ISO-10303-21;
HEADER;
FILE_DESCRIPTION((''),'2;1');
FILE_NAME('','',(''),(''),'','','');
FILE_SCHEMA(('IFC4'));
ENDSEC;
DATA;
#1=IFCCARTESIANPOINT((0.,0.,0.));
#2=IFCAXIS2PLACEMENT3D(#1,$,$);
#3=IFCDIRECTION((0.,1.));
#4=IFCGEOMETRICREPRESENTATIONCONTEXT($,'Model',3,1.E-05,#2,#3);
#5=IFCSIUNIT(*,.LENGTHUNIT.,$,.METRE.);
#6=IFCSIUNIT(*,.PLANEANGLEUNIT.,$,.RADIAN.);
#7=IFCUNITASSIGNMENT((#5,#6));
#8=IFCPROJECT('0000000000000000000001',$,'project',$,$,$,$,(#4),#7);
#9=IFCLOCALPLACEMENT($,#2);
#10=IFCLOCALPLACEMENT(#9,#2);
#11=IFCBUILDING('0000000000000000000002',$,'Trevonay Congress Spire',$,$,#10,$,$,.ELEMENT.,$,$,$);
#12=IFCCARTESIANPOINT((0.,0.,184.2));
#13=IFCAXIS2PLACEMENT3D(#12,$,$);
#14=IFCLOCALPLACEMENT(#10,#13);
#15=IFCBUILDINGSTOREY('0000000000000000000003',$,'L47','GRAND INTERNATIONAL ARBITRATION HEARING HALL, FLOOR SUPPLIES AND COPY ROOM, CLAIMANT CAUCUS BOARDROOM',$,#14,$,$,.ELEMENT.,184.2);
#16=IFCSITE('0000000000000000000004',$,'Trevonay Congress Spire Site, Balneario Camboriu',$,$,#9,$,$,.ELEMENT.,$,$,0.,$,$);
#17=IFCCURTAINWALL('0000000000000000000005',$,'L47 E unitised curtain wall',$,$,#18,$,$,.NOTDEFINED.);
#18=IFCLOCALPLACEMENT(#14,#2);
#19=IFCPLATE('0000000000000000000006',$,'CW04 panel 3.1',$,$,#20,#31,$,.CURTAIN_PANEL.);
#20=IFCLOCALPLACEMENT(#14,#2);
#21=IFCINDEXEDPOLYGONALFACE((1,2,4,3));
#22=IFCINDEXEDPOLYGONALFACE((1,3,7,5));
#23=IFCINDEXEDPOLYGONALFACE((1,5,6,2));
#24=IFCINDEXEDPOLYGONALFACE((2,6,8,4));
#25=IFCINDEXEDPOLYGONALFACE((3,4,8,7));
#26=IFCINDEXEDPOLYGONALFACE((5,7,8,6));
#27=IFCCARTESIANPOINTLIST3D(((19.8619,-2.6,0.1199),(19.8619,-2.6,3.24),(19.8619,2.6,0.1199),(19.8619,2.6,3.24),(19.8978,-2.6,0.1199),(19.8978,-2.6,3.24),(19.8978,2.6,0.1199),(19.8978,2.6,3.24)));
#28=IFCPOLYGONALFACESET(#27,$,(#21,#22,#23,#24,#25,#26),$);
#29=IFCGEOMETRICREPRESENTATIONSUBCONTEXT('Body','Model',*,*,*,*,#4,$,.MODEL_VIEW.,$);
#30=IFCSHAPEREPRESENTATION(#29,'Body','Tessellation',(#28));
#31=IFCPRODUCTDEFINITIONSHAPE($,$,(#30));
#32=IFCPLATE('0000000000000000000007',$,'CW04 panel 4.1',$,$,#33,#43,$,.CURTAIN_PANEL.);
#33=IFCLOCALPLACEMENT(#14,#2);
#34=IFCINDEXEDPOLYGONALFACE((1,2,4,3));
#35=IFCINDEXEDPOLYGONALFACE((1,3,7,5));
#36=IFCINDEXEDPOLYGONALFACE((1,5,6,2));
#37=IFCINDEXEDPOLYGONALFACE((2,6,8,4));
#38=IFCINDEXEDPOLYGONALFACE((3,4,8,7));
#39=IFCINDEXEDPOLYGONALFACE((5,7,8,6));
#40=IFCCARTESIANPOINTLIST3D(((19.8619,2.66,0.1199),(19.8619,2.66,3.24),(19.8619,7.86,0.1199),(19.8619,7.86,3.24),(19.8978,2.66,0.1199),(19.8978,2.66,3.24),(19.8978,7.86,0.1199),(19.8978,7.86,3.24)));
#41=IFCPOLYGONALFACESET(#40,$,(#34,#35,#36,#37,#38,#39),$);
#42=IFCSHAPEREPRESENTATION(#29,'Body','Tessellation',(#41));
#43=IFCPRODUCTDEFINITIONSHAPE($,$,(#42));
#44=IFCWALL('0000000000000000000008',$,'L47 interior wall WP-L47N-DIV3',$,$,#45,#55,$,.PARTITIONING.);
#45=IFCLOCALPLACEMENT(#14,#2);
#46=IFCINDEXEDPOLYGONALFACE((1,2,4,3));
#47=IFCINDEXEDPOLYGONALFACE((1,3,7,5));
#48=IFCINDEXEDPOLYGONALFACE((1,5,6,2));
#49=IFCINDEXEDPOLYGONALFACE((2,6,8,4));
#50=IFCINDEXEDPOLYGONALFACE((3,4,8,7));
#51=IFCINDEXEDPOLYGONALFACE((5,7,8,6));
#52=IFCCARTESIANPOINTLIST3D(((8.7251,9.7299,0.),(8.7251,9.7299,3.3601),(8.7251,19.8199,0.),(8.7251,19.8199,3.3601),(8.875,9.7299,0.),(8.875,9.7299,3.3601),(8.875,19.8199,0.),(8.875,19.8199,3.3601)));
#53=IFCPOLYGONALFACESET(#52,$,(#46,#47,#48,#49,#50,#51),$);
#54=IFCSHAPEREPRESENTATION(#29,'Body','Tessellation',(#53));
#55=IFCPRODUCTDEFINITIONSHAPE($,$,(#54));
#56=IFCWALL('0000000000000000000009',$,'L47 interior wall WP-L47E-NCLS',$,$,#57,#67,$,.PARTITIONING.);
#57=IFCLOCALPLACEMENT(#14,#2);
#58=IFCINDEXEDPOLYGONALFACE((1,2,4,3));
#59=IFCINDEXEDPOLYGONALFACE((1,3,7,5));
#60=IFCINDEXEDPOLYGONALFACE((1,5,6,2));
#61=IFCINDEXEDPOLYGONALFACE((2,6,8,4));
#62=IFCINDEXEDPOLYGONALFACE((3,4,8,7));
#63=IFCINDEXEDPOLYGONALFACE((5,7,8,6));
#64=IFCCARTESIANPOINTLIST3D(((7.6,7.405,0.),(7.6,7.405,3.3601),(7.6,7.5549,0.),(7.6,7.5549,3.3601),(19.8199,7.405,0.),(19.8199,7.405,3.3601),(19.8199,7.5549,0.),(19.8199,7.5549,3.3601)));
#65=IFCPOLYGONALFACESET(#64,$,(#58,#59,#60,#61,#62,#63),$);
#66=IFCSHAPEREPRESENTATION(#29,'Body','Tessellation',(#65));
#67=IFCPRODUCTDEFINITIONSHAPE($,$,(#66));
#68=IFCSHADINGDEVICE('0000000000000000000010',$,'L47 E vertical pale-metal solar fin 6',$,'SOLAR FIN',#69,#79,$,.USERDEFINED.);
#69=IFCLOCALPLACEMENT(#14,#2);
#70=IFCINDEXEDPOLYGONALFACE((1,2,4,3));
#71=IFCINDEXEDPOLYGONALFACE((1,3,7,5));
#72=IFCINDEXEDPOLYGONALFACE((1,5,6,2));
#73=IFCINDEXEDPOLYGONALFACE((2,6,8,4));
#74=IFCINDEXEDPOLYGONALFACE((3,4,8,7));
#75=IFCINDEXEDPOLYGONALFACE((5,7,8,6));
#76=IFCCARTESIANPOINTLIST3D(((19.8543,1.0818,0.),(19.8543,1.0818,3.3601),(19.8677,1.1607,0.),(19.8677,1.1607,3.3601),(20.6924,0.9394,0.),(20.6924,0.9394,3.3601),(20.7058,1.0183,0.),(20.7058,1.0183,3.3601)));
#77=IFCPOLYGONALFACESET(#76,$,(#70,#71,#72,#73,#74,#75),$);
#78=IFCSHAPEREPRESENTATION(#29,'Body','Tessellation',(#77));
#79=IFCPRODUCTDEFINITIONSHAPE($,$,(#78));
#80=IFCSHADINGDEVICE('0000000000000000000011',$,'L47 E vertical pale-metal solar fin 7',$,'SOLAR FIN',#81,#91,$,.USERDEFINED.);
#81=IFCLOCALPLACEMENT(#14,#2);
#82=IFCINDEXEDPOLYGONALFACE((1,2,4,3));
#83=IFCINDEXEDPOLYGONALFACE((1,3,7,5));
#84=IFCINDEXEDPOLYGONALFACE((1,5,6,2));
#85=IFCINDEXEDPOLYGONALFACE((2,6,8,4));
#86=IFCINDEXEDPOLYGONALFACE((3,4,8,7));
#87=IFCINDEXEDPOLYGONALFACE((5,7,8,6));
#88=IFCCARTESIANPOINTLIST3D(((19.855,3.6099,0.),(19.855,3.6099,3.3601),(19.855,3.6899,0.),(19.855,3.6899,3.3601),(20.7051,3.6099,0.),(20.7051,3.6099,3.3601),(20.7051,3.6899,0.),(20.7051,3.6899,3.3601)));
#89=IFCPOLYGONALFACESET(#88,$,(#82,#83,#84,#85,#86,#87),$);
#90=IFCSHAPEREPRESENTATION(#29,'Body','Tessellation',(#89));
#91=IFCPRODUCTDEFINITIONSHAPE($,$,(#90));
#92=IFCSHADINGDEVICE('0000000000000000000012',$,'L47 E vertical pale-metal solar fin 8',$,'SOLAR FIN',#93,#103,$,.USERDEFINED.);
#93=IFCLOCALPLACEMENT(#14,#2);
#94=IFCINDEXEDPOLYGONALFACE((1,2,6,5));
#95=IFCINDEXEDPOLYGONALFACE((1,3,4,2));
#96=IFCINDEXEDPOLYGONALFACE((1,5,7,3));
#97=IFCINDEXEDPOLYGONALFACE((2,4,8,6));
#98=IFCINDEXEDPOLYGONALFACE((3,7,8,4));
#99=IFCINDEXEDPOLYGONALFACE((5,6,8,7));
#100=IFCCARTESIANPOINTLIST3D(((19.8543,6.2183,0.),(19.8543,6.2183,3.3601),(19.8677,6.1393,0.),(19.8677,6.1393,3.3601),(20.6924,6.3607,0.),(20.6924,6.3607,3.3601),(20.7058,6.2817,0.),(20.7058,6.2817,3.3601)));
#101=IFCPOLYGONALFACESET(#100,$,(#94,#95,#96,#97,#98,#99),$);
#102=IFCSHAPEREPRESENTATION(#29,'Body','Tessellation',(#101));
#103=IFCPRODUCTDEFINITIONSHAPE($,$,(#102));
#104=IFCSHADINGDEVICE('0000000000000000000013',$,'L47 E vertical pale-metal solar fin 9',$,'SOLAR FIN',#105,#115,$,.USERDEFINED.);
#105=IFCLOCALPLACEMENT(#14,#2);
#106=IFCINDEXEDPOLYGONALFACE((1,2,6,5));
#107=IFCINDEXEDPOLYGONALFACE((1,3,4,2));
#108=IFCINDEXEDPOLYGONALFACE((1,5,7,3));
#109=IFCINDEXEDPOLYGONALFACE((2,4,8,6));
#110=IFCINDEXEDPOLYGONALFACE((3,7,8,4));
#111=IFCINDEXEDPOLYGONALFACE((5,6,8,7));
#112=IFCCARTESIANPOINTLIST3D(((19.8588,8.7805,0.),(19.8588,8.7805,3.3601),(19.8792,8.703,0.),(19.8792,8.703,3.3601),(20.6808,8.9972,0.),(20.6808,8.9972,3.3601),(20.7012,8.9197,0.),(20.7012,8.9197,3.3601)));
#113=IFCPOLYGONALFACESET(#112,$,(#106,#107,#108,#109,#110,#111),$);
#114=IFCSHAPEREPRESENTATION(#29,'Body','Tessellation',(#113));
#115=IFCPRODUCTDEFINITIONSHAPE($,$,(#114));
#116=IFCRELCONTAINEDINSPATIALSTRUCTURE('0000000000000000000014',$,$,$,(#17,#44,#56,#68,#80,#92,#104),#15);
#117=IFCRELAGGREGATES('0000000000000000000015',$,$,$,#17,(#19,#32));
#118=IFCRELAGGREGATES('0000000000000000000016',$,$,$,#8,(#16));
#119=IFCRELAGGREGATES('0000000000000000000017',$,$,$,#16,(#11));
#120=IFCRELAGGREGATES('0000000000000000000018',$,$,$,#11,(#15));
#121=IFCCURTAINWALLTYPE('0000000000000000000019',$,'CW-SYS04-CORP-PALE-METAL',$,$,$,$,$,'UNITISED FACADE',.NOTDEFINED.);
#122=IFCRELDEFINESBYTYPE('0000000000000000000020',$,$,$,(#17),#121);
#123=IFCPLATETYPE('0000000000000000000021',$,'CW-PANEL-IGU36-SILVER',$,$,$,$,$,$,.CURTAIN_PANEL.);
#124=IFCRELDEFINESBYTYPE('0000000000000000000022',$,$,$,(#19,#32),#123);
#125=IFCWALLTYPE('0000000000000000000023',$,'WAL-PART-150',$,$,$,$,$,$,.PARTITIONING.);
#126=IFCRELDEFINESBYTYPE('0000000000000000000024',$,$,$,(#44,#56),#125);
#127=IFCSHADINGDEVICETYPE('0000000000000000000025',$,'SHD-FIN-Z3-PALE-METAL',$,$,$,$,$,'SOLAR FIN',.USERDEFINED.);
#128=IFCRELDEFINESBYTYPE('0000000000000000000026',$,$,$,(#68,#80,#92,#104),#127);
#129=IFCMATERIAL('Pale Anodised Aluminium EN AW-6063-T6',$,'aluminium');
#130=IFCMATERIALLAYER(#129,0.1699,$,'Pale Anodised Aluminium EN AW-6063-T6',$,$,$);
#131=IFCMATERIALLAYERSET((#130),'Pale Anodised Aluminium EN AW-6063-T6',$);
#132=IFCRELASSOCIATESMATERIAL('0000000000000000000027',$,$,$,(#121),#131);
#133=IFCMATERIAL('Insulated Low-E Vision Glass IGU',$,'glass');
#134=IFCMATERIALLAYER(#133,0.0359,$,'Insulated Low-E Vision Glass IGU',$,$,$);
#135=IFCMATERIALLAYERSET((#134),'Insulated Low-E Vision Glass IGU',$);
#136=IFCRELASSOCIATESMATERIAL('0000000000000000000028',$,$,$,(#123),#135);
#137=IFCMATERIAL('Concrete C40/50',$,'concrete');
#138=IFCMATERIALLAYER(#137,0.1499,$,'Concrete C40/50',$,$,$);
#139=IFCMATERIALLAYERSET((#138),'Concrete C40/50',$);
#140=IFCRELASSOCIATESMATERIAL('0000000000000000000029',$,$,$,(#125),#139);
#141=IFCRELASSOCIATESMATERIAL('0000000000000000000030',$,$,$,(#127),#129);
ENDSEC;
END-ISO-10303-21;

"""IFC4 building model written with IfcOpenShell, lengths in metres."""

from ifc_helpers import new_model, si_unit, direction, frame, frame_2d, origin, origin_2d, place, context, subcontext, project, spatial, rectangle, extrude, material, layer, layer_set, type_object, element, aggregate, save


model = new_model("IFC4")

# Units and contexts
model_context = context("Model", 3, precision=1e-05, world=origin(), true_north=direction((0.0, 1.0)))
body_context = subcontext(model_context, "Body", "Model", "MODEL_VIEW")
ifc_project = project(units=[si_unit("LENGTHUNIT", "METRE"), si_unit("PLANEANGLEUNIT", "RADIAN")], contexts=[model_context])

# Site, building, storey
site_placement = place(None, origin())
site = spatial("IfcSite", under=ifc_project, at=site_placement, Name="Trevonay Congress Spire Site, Balneario Camboriu", CompositionType="ELEMENT", RefElevation=0.0)
building_placement = place(site_placement, origin())
building = spatial("IfcBuilding", under=site, at=building_placement, Name="Trevonay Congress Spire", CompositionType="ELEMENT")
storey_placement = place(building_placement, frame((0.0, 0.0, 184.2)))
storey = spatial("IfcBuildingStorey", under=building, at=storey_placement, Name="L47", Description="GRAND INTERNATIONAL ARBITRATION HEARING HALL, FLOOR SUPPLIES AND COPY ROOM, CLAIMANT CAUCUS BOARDROOM", CompositionType="ELEMENT", Elevation=184.2)

# Curtain wall
ifc_material_1 = material(Name="Pale Anodised Aluminium EN AW-6063-T6", Category="aluminium")
ifc_layer_1 = layer(ifc_material_1, 0.1699, Name="Pale Anodised Aluminium EN AW-6063-T6")
ifc_layer_set_1 = layer_set([ifc_layer_1], Name="Pale Anodised Aluminium EN AW-6063-T6")
curtain_wall_type = type_object("IfcCurtainWallType", Name="CW-SYS04-CORP-PALE-METAL", ElementType="UNITISED FACADE", PredefinedType="NOTDEFINED", material=ifc_layer_set_1)
curtain_wall_placement = place(storey_placement, origin())
curtain_wall = element("IfcCurtainWall", 1, at=curtain_wall_placement, inside=storey, type_object=curtain_wall_type, Name="L47 E unitised curtain wall", PredefinedType="NOTDEFINED")

# Plates
ifc_material_2 = material(Name="Insulated Low-E Vision Glass IGU", Category="glass")
ifc_layer_2 = layer(ifc_material_2, 0.0359, Name="Insulated Low-E Vision Glass IGU")
ifc_layer_set_2 = layer_set([ifc_layer_2], Name="Insulated Low-E Vision Glass IGU")
plate_type = type_object("IfcPlateType", Name="CW-PANEL-IGU36-SILVER", PredefinedType="CURTAIN_PANEL", material=ifc_layer_set_2)
plate_1_placement = place(storey_placement, frame((19.8799, 0.0, 0.1199), z_axis=(0.0, 0.0, 1.0), x_axis=(0.0, 1.0, 0.0)))
plate_1 = element("IfcPlate", 2, at=plate_1_placement, type_object=plate_type, Name="CW04 panel 3.1", PredefinedType="CURTAIN_PANEL", context=body_context, shape_type="SweptSolid", body=[
    extrude(rectangle(XDim=5.2, YDim=0.0359, at=origin_2d()), origin(), (0.0, 0.0, 1.0), 3.1201),
])
plate_2_placement = place(storey_placement, frame((19.8799, 5.26, 0.1199), z_axis=(0.0, 0.0, 1.0), x_axis=(0.0, 1.0, 0.0)))
plate_2 = element("IfcPlate", 3, at=plate_2_placement, type_object=plate_type, Name="CW04 panel 4.1", PredefinedType="CURTAIN_PANEL", context=body_context, shape_type="SweptSolid", body=[
    extrude(rectangle(XDim=5.2, YDim=0.0359, at=origin_2d()), origin(), (0.0, 0.0, 1.0), 3.1201),
])
aggregate(curtain_wall, [plate_1, plate_2])

# Walls
ifc_material_3 = material(Name="Concrete C40/50", Category="concrete")
ifc_layer_3 = layer(ifc_material_3, 0.1499, Name="Concrete C40/50")
ifc_layer_set_3 = layer_set([ifc_layer_3], Name="Concrete C40/50")
wall_type = type_object("IfcWallType", Name="WAL-PART-150", PredefinedType="PARTITIONING", material=ifc_layer_set_3)
wall_1_placement = place(storey_placement, frame((8.8, 9.73, 0.0), z_axis=(0.0, 0.0, 1.0), x_axis=(0.0, 1.0, 0.0)))
element("IfcWall", 4, at=wall_1_placement, inside=storey, type_object=wall_type, Name="L47 interior wall WP-L47N-DIV3", PredefinedType="PARTITIONING", context=body_context, shape_type="SweptSolid", body=[
    extrude(rectangle(XDim=10.0901, YDim=0.1499, at=frame_2d((5.0449, 0.0))), origin(), (0.0, 0.0, 1.0), 3.3601),
])
wall_2_placement = place(storey_placement, frame((7.6001, 7.48, 0.0), z_axis=(0.0, 0.0, 1.0), x_axis=(1.0, 0.0, 0.0)))
element("IfcWall", 5, at=wall_2_placement, inside=storey, type_object=wall_type, Name="L47 interior wall WP-L47E-NCLS", PredefinedType="PARTITIONING", context=body_context, shape_type="SweptSolid", body=[
    extrude(rectangle(XDim=12.22, YDim=0.1499, at=frame_2d((6.1099, 0.0))), origin(), (0.0, 0.0, 1.0), 3.3601),
])

# Shading devices
shading_device_type = type_object("IfcShadingDeviceType", Name="SHD-FIN-Z3-PALE-METAL", ElementType="SOLAR FIN", PredefinedType="USERDEFINED", material=ifc_material_1)
for number, where, z_axis, x_axis, name in (
    (6, (20.28, 1.05, 0.0), (0.0, 0.0, 1.0), (0.167457, 0.985879, 0.0), "L47 E vertical pale-metal solar fin 6"),
    (7, (20.28, 3.6499, 0.0), (0.0, 0.0, 1.0), (0.0, 1.0, 0.0), "L47 E vertical pale-metal solar fin 7"),
    (8, (20.28, 6.25, 0.0), (0.0, 0.0, 1.0), (-0.167457, 0.985879, 0.0), "L47 E vertical pale-metal solar fin 8"),
    (9, (20.28, 8.8501, 0.0), (0.0, 0.0, 1.0), (-0.254939, 0.966957, 0.0), "L47 E vertical pale-metal solar fin 9"),
):
    element("IfcShadingDevice", number, at=place(storey_placement, frame(where, z_axis=z_axis, x_axis=x_axis)), inside=storey, type_object=shading_device_type, Name=name, ObjectType="SOLAR FIN", PredefinedType="USERDEFINED", context=body_context, shape_type="SweptSolid", body=[
        extrude(rectangle(XDim=0.0801, YDim=0.8501, at=origin_2d()), origin(), (0.0, 0.0, 1.0), 3.3601),
    ])

save(model, "model.ifc")
